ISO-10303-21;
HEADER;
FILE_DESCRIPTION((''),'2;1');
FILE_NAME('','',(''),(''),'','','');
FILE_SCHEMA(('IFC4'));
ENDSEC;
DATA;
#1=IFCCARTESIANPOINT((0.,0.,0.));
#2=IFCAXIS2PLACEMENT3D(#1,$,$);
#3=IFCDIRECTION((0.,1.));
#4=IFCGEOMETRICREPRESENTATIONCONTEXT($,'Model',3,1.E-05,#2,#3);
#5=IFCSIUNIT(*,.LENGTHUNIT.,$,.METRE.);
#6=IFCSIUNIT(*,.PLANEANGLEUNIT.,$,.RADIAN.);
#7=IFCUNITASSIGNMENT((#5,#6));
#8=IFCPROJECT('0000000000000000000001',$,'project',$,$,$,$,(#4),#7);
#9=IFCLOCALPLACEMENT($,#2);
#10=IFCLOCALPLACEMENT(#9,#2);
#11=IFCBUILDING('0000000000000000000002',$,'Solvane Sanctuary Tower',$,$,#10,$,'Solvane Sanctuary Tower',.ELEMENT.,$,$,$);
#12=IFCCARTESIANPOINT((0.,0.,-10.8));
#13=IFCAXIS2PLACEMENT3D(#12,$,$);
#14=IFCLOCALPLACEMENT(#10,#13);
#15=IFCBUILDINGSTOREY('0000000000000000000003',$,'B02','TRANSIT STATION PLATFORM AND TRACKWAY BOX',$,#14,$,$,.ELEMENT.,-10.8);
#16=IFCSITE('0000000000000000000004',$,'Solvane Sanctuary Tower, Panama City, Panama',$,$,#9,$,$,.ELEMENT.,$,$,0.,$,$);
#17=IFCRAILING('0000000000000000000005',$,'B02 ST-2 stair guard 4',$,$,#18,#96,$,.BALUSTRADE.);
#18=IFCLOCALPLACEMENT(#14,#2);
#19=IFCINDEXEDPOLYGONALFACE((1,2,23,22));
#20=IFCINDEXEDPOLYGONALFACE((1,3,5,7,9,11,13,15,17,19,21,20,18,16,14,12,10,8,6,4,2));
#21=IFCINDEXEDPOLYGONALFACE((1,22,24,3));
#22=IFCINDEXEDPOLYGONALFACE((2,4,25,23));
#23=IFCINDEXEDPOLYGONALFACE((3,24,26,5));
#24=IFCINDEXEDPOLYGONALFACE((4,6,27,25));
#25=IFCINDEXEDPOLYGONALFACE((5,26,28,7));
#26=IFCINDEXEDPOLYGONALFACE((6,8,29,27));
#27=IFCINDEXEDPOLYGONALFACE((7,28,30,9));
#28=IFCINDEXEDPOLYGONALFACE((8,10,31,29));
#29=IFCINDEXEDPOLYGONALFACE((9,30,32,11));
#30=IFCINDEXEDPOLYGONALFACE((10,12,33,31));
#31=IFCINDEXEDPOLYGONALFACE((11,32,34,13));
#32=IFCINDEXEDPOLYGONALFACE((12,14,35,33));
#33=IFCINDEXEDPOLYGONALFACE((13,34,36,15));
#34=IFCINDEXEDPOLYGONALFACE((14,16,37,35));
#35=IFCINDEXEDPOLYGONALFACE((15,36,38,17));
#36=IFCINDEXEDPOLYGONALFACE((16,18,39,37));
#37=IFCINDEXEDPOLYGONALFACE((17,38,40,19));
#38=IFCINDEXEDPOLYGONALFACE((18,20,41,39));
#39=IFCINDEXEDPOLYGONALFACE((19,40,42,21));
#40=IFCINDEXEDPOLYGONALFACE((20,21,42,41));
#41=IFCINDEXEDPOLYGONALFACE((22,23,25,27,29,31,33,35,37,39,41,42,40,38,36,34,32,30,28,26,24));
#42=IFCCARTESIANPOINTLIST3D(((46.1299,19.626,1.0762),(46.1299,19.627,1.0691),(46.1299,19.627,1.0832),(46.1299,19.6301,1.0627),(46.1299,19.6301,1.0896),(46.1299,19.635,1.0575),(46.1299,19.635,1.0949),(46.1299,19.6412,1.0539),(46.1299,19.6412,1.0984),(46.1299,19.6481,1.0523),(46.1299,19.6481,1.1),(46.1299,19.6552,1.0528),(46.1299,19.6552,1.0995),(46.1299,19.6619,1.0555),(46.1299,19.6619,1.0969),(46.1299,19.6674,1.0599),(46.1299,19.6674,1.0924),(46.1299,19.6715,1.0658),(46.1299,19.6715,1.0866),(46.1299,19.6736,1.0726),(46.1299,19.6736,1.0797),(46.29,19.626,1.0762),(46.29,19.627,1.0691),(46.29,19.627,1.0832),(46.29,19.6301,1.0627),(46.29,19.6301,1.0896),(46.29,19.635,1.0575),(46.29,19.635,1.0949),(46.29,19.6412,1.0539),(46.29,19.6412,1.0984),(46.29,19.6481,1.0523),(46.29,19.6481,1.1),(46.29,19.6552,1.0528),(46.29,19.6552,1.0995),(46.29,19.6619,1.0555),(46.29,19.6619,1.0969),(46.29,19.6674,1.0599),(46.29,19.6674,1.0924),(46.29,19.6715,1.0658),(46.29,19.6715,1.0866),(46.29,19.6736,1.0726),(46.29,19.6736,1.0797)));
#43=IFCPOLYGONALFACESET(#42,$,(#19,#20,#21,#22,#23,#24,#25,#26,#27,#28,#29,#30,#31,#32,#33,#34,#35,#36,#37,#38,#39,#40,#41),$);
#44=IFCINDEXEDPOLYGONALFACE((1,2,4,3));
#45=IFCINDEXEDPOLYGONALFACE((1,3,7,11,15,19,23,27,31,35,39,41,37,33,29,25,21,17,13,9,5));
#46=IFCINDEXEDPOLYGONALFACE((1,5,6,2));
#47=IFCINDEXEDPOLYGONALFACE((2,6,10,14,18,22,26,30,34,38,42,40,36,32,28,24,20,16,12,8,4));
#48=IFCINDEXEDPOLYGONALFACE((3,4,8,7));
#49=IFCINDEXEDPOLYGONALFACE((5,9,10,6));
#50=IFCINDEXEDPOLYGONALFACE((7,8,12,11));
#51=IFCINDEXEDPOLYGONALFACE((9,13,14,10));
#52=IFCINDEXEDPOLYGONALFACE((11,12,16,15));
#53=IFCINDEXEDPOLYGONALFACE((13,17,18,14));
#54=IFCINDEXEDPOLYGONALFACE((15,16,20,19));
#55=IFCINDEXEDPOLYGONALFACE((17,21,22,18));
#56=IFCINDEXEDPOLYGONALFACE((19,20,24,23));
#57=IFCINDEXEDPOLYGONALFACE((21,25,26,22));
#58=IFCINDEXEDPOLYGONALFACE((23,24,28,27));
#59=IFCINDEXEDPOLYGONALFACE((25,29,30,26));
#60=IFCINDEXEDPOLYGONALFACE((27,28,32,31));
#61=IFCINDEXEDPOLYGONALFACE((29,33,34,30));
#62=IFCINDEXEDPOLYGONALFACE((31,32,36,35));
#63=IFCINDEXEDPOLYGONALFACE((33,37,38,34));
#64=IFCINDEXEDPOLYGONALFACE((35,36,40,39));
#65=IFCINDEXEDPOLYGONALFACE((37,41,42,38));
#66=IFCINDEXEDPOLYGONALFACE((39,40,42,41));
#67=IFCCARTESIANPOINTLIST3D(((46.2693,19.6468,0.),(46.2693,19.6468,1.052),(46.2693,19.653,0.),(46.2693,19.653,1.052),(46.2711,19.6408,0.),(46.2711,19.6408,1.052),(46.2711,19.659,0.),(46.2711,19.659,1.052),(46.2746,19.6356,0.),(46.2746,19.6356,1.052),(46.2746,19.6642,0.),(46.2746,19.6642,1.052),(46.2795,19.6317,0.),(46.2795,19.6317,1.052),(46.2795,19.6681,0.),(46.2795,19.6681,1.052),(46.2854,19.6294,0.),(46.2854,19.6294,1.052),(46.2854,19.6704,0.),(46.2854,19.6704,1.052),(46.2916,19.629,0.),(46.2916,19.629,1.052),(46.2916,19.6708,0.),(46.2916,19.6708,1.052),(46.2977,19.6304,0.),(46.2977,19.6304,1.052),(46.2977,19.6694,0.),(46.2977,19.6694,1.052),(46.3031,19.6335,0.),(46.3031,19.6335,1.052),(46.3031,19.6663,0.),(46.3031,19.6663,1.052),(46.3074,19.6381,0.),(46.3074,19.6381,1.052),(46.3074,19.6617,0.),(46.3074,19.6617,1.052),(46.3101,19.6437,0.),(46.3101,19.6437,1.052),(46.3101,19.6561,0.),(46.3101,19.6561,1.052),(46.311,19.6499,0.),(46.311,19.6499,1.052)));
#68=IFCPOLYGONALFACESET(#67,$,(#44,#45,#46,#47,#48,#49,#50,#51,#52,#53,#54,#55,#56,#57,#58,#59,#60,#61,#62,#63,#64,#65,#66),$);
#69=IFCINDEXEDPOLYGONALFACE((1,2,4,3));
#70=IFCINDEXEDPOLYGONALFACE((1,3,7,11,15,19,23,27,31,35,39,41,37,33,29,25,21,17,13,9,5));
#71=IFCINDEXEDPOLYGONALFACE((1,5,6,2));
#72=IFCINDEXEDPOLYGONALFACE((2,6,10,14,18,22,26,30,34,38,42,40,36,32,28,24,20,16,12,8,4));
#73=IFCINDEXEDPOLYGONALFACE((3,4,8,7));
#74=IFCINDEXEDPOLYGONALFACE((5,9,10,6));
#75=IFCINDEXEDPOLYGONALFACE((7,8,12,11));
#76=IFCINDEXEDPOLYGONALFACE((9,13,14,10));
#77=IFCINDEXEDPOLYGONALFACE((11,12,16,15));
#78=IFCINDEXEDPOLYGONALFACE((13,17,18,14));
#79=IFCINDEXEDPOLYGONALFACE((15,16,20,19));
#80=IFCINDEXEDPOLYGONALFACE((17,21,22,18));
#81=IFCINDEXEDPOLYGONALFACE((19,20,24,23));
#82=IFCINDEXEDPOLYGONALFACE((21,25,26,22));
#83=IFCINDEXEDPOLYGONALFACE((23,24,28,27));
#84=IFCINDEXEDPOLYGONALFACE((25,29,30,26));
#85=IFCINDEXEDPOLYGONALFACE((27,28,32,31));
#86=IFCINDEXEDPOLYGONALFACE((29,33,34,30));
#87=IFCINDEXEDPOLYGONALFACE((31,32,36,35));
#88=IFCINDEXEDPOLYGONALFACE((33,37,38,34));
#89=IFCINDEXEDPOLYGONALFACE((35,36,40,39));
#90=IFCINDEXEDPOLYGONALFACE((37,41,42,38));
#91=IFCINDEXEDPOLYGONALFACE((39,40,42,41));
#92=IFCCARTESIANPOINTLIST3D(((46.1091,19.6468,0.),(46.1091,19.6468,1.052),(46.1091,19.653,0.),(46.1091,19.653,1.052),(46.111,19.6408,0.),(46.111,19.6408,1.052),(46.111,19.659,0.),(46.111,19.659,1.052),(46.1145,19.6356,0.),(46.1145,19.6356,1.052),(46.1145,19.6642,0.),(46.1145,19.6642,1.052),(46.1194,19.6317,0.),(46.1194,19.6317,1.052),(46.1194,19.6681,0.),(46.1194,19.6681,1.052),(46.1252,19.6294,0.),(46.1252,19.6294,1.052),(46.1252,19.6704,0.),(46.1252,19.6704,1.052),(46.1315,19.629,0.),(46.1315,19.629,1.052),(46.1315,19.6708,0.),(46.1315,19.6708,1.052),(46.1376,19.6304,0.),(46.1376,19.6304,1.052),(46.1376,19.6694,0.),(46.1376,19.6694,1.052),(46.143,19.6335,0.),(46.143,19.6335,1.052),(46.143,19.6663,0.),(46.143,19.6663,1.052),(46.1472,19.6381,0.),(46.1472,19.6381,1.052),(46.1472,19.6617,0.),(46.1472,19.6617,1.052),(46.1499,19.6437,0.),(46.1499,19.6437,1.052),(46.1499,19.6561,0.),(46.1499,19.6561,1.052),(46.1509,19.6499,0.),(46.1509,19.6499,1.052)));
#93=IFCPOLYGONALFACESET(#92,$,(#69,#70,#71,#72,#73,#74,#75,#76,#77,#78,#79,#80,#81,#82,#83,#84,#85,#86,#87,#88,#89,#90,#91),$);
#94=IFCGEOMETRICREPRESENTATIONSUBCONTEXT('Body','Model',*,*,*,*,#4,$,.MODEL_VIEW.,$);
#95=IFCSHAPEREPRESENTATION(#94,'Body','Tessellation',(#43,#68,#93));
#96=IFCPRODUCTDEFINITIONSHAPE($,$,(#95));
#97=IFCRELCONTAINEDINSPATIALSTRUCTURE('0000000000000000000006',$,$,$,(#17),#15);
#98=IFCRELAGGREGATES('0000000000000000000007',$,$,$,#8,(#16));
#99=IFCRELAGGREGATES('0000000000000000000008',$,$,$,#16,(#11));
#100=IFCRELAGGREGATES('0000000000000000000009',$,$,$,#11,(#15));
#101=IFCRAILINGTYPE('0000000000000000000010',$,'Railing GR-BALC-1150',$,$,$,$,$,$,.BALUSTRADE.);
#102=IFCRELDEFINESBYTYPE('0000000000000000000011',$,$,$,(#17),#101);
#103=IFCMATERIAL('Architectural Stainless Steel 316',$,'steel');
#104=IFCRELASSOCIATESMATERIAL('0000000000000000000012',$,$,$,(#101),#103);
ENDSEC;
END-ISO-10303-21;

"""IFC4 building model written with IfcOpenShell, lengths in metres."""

from ifc_helpers import new_model, si_unit, direction, frame, origin, origin_2d, place, context, subcontext, project, spatial, circle, extrude, material, type_object, element, save


model = new_model("IFC4")

# Units and contexts
model_context = context("Model", 3, precision=1e-05, world=origin(), true_north=direction((0.0, 1.0)))
body_context = subcontext(model_context, "Body", "Model", "MODEL_VIEW")
ifc_project = project(units=[si_unit("LENGTHUNIT", "METRE"), si_unit("PLANEANGLEUNIT", "RADIAN")], contexts=[model_context])

# Site, building, storey
site_placement = place(None, origin())
site = spatial("IfcSite", under=ifc_project, at=site_placement, Name="Solvane Sanctuary Tower, Panama City, Panama", CompositionType="ELEMENT", RefElevation=0.0)
building_placement = place(site_placement, origin())
building = spatial("IfcBuilding", under=site, at=building_placement, Name="Solvane Sanctuary Tower", LongName="Solvane Sanctuary Tower", CompositionType="ELEMENT")
storey_placement = place(building_placement, frame((0.0, 0.0, -10.8)))
storey = spatial("IfcBuildingStorey", under=building, at=storey_placement, Name="B02", Description="TRANSIT STATION PLATFORM AND TRACKWAY BOX", CompositionType="ELEMENT", Elevation=-10.8)

# Railing
ifc_material_1 = material(Name="Architectural Stainless Steel 316", Category="steel")
railing_type_1 = type_object("IfcRailingType", Name="Railing GR-BALC-1150", PredefinedType="BALUSTRADE", material=ifc_material_1)
railing_1_placement = place(storey_placement, frame((46.29, 19.6499, 0.0)))
element("IfcRailing", 1, at=railing_1_placement, inside=storey, type_object=railing_type_1, Name="B02 ST-2 stair guard 4", PredefinedType="BALUSTRADE", context=body_context, shape_type="SweptSolid", body=[
    extrude(circle(Radius=0.0239, at=origin_2d()), frame((0.0, 0.0, 1.0762), z_axis=(-1.0, 0.0, 0.0), x_axis=(0.0, -1.0, 0.0)), (0.0, 0.0, 1.0), 0.1602),
    extrude(circle(Radius=0.021, at=origin_2d()), origin(), (0.0, 0.0, 1.0), 1.052),
    extrude(circle(Radius=0.021, at=origin_2d()), frame((-0.1602, 0.0, 0.0)), (0.0, 0.0, 1.0), 1.052),
])

save(model, "model.ifc")
